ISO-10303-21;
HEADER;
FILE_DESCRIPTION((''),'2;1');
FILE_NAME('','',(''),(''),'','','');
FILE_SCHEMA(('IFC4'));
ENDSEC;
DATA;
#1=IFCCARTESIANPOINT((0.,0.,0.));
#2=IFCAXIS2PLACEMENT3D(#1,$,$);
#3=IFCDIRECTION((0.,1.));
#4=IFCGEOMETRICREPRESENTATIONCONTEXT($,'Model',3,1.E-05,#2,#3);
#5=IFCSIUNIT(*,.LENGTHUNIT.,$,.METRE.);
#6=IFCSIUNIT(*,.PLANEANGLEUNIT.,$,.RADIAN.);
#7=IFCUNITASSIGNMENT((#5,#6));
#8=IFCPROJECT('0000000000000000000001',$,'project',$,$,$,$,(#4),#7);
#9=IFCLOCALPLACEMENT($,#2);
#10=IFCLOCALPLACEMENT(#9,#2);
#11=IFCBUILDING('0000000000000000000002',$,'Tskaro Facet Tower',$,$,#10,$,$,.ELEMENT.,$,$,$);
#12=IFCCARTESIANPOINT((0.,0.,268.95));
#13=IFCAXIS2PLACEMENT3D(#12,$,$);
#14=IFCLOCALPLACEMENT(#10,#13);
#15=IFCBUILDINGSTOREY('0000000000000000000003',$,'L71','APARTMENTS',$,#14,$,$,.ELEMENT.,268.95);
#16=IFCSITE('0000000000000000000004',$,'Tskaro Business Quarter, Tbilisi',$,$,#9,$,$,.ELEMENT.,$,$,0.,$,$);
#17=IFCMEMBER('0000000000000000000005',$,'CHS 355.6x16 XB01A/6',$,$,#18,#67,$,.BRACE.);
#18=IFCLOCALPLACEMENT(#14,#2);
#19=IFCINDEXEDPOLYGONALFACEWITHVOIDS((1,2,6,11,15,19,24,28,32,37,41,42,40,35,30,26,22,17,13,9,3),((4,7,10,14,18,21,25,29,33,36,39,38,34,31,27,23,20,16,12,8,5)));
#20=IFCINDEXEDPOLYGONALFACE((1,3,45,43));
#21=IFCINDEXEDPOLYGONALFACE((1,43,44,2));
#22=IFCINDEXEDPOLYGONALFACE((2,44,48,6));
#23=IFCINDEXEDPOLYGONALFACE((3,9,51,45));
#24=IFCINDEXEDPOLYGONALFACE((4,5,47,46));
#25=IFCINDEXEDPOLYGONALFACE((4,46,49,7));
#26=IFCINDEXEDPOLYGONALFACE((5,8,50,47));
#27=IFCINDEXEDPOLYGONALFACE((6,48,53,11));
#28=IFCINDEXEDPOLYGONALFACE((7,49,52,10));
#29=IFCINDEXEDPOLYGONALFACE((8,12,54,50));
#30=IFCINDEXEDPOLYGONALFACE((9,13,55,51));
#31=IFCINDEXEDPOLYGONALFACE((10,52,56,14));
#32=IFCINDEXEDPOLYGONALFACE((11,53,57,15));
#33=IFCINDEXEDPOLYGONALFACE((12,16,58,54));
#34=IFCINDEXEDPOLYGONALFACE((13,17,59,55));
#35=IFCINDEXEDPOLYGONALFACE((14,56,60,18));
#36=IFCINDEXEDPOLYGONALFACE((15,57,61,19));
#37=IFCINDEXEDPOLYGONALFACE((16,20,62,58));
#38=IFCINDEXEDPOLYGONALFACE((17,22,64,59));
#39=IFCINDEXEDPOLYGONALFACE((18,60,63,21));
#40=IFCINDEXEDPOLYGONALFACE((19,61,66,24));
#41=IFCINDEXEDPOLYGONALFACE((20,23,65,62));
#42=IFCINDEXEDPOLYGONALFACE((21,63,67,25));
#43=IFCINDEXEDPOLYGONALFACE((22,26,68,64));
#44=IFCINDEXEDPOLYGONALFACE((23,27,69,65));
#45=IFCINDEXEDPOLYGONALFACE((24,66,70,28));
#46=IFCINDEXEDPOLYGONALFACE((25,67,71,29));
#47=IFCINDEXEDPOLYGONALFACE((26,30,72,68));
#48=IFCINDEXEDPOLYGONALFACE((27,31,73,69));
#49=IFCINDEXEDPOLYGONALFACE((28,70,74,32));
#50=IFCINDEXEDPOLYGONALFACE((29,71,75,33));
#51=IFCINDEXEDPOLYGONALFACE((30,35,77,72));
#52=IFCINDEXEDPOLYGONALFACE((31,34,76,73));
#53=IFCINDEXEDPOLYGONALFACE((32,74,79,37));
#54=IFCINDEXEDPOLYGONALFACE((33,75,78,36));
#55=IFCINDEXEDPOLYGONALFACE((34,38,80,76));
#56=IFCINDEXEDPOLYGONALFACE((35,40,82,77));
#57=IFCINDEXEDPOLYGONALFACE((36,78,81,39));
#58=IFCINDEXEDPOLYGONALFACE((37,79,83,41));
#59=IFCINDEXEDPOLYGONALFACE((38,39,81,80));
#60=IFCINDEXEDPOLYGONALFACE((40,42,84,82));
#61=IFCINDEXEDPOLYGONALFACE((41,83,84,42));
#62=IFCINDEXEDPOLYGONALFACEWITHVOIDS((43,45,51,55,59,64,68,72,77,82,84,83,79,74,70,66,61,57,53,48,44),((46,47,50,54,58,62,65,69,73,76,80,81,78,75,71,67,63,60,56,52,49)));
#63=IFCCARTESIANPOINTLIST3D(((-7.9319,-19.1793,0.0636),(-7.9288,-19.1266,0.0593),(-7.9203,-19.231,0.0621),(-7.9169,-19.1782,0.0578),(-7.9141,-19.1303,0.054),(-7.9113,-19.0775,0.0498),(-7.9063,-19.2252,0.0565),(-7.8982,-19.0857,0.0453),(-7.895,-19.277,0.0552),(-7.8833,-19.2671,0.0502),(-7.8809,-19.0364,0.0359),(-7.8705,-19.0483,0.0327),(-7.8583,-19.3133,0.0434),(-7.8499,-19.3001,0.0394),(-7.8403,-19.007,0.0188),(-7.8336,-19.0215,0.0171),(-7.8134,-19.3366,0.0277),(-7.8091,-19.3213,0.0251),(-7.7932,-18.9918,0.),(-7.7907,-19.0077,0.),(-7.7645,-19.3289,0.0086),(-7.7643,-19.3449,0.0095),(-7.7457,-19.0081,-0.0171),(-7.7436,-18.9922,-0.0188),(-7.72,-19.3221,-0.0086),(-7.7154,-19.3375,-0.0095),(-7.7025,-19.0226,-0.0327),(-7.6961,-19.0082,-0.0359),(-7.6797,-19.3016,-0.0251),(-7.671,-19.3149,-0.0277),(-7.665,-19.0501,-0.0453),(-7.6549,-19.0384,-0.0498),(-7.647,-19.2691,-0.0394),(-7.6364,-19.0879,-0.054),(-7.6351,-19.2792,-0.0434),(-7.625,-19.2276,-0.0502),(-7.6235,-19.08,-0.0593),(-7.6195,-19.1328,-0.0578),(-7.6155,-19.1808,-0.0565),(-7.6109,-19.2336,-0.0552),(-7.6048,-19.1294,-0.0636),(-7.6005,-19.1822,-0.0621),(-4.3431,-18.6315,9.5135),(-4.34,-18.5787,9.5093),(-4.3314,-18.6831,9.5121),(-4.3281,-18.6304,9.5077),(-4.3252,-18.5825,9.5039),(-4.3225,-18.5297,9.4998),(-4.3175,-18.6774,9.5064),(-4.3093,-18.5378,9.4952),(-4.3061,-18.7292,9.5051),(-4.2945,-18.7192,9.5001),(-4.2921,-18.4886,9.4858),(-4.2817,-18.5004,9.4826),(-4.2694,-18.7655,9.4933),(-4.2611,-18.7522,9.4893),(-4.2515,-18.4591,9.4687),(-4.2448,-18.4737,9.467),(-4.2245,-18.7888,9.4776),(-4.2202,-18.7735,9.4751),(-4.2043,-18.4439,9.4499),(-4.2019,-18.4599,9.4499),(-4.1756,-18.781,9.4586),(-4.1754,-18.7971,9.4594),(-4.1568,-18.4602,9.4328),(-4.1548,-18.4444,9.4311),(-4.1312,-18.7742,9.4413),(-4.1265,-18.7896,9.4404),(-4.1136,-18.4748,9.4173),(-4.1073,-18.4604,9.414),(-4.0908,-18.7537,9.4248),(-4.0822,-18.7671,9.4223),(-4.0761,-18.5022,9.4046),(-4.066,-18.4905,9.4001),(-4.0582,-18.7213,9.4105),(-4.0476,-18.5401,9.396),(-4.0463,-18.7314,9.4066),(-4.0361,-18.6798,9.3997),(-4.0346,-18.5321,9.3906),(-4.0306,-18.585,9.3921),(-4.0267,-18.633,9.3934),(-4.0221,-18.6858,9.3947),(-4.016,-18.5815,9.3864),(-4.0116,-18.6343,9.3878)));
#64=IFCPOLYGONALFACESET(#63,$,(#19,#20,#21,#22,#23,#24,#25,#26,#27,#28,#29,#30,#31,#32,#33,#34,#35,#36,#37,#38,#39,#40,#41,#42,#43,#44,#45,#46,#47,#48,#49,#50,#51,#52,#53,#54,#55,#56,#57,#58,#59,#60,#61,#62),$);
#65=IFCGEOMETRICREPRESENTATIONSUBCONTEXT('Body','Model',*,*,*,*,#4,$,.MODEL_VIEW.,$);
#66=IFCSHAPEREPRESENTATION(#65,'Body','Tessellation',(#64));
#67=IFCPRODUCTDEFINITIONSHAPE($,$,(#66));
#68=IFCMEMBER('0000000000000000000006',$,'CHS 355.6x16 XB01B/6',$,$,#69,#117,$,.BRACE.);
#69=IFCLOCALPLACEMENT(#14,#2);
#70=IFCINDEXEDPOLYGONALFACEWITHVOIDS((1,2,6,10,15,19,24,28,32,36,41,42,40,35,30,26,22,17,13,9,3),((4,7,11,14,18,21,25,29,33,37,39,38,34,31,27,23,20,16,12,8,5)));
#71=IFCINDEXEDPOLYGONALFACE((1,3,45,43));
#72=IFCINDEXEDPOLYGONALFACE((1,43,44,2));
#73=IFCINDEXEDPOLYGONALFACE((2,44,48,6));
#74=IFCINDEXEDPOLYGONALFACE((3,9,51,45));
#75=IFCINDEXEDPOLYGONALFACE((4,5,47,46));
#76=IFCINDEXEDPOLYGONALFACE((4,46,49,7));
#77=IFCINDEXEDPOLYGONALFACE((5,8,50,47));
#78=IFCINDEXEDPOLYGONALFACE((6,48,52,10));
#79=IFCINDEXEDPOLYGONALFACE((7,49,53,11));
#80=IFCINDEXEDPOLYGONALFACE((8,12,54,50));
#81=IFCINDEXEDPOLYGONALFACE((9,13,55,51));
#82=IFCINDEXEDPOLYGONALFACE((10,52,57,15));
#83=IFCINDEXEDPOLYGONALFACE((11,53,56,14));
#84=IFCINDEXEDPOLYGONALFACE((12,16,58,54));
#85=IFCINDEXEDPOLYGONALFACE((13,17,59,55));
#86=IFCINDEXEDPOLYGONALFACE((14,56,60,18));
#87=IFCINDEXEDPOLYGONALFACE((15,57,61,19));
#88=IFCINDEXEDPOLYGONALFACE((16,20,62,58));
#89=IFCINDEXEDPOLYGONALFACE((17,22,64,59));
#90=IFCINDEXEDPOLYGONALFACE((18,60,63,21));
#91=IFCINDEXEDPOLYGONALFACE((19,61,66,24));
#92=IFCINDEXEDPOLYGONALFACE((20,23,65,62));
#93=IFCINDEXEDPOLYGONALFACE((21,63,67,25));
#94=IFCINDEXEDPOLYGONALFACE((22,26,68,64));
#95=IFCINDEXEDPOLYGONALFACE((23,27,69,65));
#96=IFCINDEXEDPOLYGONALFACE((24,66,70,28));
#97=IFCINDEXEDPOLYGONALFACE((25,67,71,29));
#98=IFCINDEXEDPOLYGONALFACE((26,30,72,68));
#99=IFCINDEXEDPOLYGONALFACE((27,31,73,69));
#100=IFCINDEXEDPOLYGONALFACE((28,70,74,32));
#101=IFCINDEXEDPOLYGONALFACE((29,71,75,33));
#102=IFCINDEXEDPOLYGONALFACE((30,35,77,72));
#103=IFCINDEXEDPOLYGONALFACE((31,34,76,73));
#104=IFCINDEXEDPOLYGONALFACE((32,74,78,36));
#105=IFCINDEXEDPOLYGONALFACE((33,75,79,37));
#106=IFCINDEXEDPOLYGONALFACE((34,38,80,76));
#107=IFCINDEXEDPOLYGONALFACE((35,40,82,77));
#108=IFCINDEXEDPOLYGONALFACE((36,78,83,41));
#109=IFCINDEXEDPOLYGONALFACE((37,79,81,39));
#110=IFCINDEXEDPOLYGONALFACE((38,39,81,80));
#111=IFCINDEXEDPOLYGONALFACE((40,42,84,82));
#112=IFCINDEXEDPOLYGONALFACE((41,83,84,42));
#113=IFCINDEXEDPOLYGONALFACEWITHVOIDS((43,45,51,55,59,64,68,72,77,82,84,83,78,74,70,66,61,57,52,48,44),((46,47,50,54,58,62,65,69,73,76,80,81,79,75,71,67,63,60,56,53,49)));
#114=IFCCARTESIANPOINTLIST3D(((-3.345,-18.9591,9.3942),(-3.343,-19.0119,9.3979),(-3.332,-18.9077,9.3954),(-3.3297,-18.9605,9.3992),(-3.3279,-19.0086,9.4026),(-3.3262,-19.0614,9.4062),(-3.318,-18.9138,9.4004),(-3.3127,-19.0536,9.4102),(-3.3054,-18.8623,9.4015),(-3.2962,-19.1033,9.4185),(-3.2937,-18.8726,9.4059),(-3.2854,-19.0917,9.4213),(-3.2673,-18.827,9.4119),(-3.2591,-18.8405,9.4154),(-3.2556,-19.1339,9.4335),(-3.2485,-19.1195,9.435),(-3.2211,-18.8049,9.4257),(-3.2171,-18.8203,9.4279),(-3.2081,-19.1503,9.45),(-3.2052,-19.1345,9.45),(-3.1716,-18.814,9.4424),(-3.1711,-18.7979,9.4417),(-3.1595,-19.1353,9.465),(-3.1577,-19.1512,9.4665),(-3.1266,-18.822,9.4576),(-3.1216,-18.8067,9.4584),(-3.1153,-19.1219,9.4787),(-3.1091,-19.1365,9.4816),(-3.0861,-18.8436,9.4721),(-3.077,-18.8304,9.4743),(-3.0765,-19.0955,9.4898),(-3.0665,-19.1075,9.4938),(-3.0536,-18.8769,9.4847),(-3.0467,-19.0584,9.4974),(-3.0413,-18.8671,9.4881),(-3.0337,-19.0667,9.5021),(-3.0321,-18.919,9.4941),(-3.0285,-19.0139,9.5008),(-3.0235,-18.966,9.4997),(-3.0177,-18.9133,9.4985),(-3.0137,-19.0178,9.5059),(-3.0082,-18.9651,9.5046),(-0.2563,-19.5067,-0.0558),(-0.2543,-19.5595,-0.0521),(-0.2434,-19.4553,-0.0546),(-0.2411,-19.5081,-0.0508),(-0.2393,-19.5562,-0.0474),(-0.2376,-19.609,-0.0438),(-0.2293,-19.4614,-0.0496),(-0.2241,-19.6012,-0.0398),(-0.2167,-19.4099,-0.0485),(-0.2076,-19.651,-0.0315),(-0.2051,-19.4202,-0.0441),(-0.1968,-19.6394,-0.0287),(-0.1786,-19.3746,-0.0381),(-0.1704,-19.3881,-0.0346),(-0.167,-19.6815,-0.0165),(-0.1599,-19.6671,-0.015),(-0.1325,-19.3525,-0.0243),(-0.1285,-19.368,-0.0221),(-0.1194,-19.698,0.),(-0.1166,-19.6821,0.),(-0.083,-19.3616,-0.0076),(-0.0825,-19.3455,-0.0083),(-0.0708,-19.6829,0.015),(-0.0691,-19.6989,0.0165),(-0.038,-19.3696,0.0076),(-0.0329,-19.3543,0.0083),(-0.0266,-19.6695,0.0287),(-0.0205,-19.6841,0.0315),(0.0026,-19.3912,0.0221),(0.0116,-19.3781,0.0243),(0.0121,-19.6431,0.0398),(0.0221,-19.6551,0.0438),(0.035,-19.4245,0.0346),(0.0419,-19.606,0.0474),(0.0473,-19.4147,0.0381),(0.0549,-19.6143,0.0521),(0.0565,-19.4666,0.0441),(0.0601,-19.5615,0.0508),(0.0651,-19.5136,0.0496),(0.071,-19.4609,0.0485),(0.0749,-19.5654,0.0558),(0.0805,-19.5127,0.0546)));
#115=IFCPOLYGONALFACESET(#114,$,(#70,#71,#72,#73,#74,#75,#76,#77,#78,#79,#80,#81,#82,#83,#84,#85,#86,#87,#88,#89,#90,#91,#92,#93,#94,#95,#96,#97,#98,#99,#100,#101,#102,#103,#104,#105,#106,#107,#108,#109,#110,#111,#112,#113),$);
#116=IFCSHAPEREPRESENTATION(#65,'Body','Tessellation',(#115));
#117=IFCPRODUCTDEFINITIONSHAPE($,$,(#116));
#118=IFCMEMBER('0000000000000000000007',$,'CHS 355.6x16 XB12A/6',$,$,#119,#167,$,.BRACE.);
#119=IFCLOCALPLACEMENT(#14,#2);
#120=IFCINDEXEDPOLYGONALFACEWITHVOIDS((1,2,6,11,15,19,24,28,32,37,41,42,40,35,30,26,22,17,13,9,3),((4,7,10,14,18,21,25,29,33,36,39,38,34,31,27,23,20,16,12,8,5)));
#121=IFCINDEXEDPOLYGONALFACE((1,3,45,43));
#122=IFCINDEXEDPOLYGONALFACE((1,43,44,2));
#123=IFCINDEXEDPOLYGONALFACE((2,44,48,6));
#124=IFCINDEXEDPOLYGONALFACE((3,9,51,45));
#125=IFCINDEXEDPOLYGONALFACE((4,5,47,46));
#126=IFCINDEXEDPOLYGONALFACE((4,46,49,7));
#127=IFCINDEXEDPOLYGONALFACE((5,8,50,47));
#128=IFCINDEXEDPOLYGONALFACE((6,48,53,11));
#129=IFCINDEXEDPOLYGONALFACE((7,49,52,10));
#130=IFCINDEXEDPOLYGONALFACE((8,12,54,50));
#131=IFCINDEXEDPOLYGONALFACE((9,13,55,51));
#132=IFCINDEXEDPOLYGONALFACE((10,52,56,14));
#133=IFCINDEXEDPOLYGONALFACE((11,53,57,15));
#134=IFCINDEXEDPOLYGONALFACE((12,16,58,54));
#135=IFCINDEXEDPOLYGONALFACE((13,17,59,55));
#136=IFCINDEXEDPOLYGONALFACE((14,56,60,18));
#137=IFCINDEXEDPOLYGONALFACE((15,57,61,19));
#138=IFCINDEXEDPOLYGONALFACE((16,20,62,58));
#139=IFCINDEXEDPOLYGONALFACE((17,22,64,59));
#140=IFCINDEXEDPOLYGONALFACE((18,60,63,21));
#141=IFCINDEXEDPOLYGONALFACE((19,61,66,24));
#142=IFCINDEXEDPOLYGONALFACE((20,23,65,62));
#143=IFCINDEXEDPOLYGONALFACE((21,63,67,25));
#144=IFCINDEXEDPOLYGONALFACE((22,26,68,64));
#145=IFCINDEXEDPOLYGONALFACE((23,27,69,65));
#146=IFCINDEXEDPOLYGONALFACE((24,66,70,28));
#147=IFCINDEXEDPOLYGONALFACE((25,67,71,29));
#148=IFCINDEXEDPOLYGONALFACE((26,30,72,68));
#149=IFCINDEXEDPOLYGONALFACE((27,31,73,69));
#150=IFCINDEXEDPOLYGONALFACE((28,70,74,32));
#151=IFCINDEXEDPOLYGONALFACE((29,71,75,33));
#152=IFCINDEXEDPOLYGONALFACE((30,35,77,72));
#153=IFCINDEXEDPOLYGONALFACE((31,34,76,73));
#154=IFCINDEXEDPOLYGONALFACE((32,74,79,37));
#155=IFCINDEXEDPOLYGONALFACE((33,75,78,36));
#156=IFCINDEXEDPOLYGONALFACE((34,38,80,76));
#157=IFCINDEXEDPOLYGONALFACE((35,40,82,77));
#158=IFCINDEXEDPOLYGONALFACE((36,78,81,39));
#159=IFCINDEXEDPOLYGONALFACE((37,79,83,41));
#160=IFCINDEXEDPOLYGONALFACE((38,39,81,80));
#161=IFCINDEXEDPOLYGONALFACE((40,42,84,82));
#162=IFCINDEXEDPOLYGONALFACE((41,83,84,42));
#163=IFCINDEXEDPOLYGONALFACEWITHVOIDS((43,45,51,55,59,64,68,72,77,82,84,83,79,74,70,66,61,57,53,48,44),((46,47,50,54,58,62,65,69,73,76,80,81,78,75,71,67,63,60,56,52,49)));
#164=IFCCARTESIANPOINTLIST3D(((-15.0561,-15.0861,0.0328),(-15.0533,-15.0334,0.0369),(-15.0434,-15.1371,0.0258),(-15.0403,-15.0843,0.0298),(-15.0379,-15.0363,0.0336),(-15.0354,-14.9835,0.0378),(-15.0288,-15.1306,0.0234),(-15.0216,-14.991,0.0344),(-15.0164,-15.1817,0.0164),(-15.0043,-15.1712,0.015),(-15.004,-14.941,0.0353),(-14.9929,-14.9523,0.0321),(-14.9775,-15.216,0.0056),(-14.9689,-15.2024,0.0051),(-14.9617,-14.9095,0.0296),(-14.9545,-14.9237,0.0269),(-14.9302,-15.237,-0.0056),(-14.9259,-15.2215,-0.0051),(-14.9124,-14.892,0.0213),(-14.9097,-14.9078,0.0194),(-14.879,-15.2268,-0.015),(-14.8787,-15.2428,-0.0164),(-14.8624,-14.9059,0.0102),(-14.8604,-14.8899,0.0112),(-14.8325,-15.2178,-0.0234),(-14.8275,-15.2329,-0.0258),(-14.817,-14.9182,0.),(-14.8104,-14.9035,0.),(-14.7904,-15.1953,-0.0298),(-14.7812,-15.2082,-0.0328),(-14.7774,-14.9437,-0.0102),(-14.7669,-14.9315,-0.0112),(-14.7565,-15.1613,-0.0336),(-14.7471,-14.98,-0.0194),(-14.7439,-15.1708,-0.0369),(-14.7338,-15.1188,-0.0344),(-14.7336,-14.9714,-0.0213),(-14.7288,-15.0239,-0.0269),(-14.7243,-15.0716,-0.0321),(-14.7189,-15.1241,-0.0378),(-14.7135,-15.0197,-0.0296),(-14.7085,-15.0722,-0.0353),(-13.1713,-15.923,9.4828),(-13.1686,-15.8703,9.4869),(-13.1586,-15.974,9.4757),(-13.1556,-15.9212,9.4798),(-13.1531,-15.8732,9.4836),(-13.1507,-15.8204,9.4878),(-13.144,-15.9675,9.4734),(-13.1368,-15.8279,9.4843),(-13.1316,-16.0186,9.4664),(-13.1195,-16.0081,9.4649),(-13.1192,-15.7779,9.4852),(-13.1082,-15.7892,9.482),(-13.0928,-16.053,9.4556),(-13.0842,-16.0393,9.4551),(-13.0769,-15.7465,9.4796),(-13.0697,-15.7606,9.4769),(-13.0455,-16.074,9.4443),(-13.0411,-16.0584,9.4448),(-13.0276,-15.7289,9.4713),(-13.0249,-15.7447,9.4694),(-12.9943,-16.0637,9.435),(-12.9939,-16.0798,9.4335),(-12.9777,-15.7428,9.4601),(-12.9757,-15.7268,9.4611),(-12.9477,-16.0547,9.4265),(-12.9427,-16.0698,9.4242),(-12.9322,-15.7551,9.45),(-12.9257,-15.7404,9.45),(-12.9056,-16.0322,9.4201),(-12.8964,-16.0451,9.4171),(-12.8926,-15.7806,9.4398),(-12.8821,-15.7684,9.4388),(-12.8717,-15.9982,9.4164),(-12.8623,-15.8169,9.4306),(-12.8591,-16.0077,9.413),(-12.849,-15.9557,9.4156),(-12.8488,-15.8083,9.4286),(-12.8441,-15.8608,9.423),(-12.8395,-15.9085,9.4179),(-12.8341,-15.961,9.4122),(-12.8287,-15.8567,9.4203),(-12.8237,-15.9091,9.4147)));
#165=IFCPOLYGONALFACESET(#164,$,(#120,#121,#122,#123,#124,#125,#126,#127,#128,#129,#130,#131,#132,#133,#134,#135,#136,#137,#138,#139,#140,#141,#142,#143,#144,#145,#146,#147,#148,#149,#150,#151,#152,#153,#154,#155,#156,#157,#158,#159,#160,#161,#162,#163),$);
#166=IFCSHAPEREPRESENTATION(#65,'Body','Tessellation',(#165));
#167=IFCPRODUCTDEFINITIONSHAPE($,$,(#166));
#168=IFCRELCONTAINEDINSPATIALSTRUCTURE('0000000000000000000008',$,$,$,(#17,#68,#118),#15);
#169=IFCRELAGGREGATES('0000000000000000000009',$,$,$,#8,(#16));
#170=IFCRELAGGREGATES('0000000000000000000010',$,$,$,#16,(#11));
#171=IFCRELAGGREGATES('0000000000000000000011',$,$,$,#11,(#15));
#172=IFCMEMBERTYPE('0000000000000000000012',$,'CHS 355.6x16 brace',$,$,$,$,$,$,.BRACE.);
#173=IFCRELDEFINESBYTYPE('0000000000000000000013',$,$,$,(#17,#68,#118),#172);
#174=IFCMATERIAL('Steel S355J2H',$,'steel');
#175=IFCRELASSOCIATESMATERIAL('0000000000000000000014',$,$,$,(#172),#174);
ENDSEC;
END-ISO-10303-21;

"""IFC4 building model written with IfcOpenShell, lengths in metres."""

from ifc_helpers import new_model, si_unit, direction, frame, origin, origin_2d, place, context, subcontext, project, spatial, hollow_circle, extrude, material, material_profile, profile_set, type_object, element, save


model = new_model("IFC4")

# Units and contexts
model_context = context("Model", 3, precision=1e-05, world=origin(), true_north=direction((0.0, 1.0)))
body_context = subcontext(model_context, "Body", "Model", "MODEL_VIEW")
ifc_project = project(units=[si_unit("LENGTHUNIT", "METRE"), si_unit("PLANEANGLEUNIT", "RADIAN")], contexts=[model_context])

# Site, building, storey
site_placement = place(None, origin())
site = spatial("IfcSite", under=ifc_project, at=site_placement, Name="Tskaro Business Quarter, Tbilisi", CompositionType="ELEMENT", RefElevation=0.0)
building_placement = place(site_placement, origin())
building = spatial("IfcBuilding", under=site, at=building_placement, Name="Tskaro Facet Tower", CompositionType="ELEMENT")
storey_placement = place(building_placement, frame((0.0, 0.0, 268.95)))
storey = spatial("IfcBuildingStorey", under=building, at=storey_placement, Name="L71", Description="APARTMENTS", CompositionType="ELEMENT", Elevation=268.95)

# Shared definitions
ifc_material_1 = material(Name="Steel S355J2H", Category="steel")

# Members
ifc_material_profile_1 = material_profile(ifc_material_1, hollow_circle(Radius=0.1777, WallThickness=0.0161, at=origin_2d()), Name="CHS 355.6x16")
ifc_profile_set_1 = profile_set([ifc_material_profile_1], Name="Steel S355J2H")
member_type_1 = type_object("IfcMemberType", Name="CHS 355.6x16 brace", PredefinedType="BRACE", material=ifc_profile_set_1)
member_1_placement = place(storey_placement, frame((-7.7664, -19.1675, 0.0), z_axis=(0.354515, 0.054118, 0.933483), x_axis=(-0.150905, 0.988548, 0.0)))
element("IfcMember", 1, at=member_1_placement, inside=storey, type_object=member_type_1, Name="CHS 355.6x16 XB01A/6", PredefinedType="BRACE", context=body_context, shape_type="SweptSolid", body=[
    extrude(hollow_circle(Radius=0.1777, WallThickness=0.0161, at=origin_2d()), origin(), (0.0, 0.0, 1.0), 10.1233),
])
member_2_placement = place(storey_placement, frame((-0.0884, -19.5229, 0.0), z_axis=(-0.310197, 0.054997, 0.94908), x_axis=(-0.174576, -0.984644, 0.0)))
element("IfcMember", 2, at=member_2_placement, inside=storey, type_object=member_type_1, Name="CHS 355.6x16 XB01B/6", PredefinedType="BRACE", context=body_context, shape_type="SweptSolid", body=[
    extrude(hollow_circle(Radius=0.1777, WallThickness=0.0161, at=origin_2d()), origin(), (0.0, 0.0, 1.0), 9.957),
])
for number, where, z_axis, x_axis, name in (
    (3, (-14.8826, -15.0659, 0.0), (0.194861, -0.086526, 0.977007), (0.405831, 0.913948, 0.0), "CHS 355.6x16 XB12A/6"),
):
    element("IfcMember", number, at=place(storey_placement, frame(where, z_axis=z_axis, x_axis=x_axis)), inside=storey, type_object=member_type_1, Name=name, PredefinedType="BRACE", context=body_context, shape_type="SweptSolid", body=[
        extrude(hollow_circle(Radius=0.1777, WallThickness=0.0161, at=origin_2d()), origin(), (0.0, 0.0, 1.0), 9.6724),
    ])

save(model, "model.ifc")
